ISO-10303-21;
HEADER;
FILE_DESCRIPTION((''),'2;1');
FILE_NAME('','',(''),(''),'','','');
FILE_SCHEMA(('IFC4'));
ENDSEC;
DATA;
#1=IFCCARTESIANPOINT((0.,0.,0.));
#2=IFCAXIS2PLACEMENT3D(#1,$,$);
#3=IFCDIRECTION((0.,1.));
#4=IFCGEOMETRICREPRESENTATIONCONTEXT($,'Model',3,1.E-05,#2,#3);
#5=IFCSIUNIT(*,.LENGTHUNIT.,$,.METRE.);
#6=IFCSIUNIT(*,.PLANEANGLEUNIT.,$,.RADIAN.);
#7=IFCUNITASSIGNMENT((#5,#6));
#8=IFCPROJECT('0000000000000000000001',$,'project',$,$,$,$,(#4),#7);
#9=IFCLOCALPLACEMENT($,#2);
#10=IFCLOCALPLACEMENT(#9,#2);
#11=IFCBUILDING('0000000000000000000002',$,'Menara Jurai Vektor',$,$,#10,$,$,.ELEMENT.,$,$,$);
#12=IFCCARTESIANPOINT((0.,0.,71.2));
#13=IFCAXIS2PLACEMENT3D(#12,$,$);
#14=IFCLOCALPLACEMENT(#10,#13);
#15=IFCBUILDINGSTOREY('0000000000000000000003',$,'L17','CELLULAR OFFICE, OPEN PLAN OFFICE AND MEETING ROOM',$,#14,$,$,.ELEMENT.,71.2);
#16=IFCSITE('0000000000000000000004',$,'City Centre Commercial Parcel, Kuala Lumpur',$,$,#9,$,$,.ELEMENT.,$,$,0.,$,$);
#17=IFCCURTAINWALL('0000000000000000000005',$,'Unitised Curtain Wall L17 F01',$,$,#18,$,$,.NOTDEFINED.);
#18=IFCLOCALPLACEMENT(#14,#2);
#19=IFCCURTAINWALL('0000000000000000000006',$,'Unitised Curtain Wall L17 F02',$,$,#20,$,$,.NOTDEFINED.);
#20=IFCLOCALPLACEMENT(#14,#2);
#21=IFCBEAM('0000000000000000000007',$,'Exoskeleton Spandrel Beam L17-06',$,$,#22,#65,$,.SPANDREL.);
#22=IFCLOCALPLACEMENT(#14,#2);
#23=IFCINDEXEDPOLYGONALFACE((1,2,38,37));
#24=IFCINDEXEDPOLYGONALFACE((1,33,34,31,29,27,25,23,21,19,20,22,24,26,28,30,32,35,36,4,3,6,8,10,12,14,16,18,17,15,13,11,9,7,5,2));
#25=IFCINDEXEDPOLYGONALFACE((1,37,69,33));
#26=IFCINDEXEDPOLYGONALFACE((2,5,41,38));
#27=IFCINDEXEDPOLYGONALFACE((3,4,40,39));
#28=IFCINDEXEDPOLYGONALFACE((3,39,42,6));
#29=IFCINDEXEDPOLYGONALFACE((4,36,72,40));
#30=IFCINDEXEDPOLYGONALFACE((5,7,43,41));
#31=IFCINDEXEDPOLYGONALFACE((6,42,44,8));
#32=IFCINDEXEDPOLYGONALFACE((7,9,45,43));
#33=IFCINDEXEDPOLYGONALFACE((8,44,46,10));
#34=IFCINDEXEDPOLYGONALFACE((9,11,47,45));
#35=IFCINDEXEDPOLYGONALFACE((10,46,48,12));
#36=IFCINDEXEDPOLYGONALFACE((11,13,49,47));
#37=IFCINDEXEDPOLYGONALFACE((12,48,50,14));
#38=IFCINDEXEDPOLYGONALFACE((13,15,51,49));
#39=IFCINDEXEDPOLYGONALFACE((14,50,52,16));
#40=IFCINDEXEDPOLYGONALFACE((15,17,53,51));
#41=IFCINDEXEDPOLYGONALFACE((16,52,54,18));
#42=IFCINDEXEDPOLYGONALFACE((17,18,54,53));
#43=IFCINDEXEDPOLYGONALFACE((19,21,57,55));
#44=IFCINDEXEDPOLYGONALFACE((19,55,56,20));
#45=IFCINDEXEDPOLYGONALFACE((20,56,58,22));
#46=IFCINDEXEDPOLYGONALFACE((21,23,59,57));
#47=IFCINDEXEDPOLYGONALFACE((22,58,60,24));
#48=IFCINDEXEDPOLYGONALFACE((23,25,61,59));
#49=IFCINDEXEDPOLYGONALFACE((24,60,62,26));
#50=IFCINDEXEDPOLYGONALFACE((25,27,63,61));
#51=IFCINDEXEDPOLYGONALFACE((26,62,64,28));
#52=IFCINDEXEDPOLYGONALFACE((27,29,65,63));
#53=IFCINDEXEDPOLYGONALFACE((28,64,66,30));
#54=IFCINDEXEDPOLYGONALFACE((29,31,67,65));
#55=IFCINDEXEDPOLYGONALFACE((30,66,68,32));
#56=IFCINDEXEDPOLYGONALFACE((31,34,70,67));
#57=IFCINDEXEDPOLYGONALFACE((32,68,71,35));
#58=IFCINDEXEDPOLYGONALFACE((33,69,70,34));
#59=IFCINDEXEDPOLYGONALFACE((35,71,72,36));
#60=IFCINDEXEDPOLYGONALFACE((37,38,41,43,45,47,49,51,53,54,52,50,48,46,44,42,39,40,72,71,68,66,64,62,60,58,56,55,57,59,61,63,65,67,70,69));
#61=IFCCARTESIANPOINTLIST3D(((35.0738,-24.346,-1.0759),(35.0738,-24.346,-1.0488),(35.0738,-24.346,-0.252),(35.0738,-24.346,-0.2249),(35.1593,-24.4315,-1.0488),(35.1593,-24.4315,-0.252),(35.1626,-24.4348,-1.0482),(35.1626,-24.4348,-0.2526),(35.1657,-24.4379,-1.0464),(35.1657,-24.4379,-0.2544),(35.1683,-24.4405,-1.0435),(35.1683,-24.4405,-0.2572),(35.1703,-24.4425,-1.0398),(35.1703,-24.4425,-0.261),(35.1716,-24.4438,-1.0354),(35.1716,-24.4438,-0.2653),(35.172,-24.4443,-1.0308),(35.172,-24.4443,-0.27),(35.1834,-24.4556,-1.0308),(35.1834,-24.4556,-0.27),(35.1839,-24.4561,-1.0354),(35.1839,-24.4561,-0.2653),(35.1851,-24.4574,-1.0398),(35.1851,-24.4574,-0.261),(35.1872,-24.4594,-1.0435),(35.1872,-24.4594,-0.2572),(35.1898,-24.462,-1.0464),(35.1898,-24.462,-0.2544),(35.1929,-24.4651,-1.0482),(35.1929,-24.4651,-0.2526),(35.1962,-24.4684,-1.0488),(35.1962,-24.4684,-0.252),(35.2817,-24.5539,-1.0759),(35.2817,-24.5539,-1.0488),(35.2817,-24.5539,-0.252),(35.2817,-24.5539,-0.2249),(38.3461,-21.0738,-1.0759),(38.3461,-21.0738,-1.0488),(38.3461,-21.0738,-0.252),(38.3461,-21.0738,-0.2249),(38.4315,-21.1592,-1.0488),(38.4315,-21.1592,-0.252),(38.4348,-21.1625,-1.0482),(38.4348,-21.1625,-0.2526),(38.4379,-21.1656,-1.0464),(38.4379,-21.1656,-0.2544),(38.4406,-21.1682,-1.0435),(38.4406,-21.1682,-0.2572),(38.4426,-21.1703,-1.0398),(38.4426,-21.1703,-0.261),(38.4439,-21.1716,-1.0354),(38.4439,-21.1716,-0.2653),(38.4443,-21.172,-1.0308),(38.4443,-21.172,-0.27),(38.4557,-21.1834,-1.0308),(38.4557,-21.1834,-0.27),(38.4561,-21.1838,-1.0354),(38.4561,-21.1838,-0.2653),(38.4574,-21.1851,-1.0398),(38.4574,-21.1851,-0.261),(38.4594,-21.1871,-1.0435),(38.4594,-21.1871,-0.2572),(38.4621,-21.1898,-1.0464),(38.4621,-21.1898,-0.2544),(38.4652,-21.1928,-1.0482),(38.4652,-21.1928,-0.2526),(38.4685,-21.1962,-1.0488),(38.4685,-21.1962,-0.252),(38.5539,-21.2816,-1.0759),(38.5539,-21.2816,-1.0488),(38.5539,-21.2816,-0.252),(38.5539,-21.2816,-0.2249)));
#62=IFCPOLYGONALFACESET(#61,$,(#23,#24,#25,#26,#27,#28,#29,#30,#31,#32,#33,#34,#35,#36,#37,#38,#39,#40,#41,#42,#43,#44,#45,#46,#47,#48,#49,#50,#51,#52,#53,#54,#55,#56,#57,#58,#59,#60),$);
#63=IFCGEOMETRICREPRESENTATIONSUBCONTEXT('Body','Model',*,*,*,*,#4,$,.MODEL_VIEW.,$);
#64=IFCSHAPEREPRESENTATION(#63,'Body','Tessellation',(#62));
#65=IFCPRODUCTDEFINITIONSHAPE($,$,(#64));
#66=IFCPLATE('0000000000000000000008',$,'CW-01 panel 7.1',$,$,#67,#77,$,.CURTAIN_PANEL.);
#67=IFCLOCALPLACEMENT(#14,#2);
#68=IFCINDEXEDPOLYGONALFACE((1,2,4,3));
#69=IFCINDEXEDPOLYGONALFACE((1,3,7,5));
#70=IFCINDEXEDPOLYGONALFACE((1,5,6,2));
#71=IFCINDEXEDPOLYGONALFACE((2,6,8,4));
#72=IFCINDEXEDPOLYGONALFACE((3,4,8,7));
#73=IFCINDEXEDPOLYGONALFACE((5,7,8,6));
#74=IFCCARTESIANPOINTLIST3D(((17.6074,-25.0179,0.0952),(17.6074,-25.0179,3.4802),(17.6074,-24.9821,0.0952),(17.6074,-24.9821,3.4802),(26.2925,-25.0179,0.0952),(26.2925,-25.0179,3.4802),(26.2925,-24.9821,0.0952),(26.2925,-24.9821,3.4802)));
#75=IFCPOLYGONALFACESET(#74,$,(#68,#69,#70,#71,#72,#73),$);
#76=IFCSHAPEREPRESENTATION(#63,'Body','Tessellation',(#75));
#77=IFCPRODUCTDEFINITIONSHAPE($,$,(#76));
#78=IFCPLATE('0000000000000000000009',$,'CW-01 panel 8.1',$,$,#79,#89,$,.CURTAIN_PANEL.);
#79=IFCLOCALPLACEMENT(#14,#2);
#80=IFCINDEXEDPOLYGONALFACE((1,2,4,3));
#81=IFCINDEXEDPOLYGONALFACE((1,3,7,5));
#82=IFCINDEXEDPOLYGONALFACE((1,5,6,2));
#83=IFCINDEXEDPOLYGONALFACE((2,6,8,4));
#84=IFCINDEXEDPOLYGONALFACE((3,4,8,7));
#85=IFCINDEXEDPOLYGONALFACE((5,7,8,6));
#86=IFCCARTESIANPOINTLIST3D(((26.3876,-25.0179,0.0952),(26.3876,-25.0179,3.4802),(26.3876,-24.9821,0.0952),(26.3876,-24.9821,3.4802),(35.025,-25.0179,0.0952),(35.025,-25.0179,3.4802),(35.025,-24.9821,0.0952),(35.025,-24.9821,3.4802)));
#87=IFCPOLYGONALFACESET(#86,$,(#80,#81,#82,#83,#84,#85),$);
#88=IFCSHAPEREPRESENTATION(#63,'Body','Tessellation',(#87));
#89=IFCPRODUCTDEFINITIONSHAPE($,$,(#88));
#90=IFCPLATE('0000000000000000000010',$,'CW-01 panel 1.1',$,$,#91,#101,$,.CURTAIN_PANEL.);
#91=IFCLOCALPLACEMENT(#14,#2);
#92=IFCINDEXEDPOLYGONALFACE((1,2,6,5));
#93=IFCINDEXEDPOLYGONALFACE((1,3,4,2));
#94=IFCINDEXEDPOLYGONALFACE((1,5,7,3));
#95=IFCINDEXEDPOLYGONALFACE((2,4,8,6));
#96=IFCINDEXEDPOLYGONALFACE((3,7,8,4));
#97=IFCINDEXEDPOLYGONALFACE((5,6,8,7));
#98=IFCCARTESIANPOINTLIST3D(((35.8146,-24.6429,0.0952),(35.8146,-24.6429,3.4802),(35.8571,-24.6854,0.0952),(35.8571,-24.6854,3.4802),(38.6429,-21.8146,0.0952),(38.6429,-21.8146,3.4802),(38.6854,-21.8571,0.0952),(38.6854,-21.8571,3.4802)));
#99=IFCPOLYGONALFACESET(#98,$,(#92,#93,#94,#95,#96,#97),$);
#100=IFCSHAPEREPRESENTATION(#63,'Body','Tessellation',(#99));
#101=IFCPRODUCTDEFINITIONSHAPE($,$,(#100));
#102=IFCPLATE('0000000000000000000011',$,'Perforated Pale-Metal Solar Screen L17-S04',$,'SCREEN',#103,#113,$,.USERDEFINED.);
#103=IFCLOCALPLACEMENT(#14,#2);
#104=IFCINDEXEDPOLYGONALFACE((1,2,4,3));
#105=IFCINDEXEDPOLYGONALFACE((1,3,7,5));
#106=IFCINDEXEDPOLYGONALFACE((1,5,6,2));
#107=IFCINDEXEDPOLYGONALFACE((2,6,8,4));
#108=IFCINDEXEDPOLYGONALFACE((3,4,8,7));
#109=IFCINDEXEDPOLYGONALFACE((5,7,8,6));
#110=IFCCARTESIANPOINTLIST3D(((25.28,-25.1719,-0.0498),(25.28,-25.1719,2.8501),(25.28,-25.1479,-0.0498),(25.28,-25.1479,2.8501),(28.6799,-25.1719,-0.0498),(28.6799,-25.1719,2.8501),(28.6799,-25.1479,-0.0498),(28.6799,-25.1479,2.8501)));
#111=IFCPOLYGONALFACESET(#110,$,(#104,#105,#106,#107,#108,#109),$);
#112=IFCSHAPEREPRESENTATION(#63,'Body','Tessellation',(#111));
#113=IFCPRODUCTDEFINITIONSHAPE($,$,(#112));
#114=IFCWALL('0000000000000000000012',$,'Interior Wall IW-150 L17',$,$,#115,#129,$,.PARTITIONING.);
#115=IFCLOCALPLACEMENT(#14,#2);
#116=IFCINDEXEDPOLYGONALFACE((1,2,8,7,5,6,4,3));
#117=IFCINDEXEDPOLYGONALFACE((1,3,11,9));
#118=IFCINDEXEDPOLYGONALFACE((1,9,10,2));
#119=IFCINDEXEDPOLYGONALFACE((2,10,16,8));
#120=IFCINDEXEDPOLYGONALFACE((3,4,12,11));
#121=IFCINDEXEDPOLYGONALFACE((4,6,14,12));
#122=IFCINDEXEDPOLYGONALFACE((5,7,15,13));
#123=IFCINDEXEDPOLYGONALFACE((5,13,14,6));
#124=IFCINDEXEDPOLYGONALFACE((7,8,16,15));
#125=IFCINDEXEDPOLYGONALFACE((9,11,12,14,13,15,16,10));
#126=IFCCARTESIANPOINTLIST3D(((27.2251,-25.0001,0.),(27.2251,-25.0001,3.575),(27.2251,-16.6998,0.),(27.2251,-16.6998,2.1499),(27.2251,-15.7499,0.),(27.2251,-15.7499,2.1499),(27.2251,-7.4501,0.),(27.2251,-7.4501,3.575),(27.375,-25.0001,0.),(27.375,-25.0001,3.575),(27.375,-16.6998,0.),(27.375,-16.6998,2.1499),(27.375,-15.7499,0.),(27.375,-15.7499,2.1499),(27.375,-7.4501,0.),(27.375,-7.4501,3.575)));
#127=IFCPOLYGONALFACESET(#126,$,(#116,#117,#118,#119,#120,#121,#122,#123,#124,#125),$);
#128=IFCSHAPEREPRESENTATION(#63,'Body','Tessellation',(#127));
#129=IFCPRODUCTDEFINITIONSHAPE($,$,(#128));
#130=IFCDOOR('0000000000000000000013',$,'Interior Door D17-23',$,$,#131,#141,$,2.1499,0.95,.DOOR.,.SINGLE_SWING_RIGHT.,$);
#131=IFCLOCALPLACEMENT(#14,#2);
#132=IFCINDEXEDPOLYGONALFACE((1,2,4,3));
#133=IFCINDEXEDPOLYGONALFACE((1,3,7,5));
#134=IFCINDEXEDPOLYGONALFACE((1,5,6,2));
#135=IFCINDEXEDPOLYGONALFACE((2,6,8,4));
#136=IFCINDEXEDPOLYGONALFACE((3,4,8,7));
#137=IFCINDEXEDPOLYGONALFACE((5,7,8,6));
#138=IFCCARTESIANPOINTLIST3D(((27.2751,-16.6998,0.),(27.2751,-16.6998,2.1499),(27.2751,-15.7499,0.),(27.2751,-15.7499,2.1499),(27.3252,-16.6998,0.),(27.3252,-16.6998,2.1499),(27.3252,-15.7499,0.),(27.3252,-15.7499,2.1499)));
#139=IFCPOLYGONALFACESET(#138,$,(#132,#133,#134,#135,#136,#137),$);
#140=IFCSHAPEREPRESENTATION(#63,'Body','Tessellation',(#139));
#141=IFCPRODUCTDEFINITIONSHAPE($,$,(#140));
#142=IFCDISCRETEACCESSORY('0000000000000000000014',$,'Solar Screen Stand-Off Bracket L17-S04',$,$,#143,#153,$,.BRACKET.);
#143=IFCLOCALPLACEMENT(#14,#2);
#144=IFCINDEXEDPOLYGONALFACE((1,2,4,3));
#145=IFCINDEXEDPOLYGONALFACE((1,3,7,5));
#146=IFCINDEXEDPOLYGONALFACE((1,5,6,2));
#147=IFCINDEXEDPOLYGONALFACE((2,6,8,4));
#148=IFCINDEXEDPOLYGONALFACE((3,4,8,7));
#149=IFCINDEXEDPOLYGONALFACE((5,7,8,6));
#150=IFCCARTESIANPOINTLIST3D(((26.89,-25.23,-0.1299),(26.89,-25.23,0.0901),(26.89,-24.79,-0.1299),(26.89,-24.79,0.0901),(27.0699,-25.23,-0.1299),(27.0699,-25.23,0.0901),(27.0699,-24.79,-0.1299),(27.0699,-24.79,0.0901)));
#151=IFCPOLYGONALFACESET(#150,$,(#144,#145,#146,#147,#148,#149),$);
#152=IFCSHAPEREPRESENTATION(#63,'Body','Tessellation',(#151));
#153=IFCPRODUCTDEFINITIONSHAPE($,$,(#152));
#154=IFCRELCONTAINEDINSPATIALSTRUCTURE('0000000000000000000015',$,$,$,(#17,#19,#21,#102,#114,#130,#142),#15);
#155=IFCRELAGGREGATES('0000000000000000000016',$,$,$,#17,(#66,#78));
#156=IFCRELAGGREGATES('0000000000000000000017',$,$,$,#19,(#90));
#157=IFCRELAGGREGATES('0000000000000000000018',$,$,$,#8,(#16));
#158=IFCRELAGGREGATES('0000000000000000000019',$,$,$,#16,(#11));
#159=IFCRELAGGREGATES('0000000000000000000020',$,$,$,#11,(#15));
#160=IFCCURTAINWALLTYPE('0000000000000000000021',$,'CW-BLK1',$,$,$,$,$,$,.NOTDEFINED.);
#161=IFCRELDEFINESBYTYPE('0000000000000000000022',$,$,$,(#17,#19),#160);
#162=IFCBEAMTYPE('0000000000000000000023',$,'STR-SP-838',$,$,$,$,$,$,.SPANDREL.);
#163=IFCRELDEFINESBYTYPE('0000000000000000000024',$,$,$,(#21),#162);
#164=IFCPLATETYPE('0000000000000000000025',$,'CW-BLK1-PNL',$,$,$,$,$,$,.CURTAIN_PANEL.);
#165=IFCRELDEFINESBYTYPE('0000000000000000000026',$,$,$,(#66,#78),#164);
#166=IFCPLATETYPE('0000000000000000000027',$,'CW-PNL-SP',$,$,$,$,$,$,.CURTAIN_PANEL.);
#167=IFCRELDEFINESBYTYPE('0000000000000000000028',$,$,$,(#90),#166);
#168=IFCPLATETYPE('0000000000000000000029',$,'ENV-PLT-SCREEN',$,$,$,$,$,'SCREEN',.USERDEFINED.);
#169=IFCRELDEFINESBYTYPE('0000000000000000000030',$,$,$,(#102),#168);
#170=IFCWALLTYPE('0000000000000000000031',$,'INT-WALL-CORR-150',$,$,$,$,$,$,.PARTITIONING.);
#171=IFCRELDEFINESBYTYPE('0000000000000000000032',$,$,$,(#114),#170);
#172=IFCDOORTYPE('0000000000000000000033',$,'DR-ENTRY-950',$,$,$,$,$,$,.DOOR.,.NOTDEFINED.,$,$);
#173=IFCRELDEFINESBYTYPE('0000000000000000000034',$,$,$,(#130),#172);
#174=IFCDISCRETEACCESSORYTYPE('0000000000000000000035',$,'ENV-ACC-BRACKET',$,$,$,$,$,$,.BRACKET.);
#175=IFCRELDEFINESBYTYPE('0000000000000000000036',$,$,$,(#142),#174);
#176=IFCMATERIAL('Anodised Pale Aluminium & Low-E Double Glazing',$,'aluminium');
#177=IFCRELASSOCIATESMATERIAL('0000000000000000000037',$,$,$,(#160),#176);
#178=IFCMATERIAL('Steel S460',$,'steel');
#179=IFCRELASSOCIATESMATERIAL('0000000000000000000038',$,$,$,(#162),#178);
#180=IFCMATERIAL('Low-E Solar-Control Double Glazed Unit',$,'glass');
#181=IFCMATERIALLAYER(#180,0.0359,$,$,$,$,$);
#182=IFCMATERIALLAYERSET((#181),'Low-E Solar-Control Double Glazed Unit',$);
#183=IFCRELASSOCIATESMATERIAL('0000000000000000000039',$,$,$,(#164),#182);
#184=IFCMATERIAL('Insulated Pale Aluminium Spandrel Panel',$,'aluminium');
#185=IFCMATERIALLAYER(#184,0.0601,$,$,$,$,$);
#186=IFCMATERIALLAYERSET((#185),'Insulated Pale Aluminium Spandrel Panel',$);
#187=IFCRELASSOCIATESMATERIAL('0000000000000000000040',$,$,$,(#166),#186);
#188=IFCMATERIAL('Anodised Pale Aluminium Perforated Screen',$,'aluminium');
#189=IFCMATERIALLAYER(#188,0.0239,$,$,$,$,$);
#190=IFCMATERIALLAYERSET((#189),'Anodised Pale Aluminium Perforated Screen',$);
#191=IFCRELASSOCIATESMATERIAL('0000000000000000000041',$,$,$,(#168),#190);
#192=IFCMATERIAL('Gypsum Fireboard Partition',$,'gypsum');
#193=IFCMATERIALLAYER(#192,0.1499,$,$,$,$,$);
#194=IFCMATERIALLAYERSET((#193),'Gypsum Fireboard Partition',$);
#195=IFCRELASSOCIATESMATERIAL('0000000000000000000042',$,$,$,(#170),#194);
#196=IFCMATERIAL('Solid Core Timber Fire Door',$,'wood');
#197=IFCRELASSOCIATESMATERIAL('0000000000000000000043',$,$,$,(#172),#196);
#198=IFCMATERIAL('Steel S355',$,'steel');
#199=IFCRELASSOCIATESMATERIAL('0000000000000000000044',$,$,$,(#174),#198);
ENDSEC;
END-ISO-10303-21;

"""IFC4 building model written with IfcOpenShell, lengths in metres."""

from ifc_helpers import new_model, si_unit, direction, frame, frame_2d, origin, origin_2d, place, context, subcontext, project, spatial, rectangle, i_section, extrude, material, layer, layer_set, material_profile, profile_set, type_object, element, fill, aggregate, save


model = new_model("IFC4")

# Units and contexts
model_context = context("Model", 3, precision=1e-05, world=origin(), true_north=direction((0.0, 1.0)))
body_context = subcontext(model_context, "Body", "Model", "MODEL_VIEW")
ifc_project = project(units=[si_unit("LENGTHUNIT", "METRE"), si_unit("PLANEANGLEUNIT", "RADIAN")], contexts=[model_context])

# Site, building, storey
site_placement = place(None, origin())
site = spatial("IfcSite", under=ifc_project, at=site_placement, Name="City Centre Commercial Parcel, Kuala Lumpur", CompositionType="ELEMENT", RefElevation=0.0)
building_placement = place(site_placement, origin())
building = spatial("IfcBuilding", under=site, at=building_placement, Name="Menara Jurai Vektor", CompositionType="ELEMENT")
storey_placement = place(building_placement, frame((0.0, 0.0, 71.2)))
storey = spatial("IfcBuildingStorey", under=building, at=storey_placement, Name="L17", Description="CELLULAR OFFICE, OPEN PLAN OFFICE AND MEETING ROOM", CompositionType="ELEMENT", Elevation=71.2)

# Shared definitions
ifc_material_1 = material(Name="Steel S460", Category="steel")

# Curtain walls
ifc_material_2 = material(Name="Anodised Pale Aluminium & Low-E Double Glazing", Category="aluminium")
curtain_wall_type = type_object("IfcCurtainWallType", Name="CW-BLK1", PredefinedType="NOTDEFINED", material=ifc_material_2)
curtain_wall_1_placement = place(storey_placement, origin())
curtain_wall_1 = element("IfcCurtainWall", 1, at=curtain_wall_1_placement, inside=storey, type_object=curtain_wall_type, Name="Unitised Curtain Wall L17 F01", PredefinedType="NOTDEFINED")
curtain_wall_2_placement = place(storey_placement, origin())
curtain_wall_2 = element("IfcCurtainWall", 2, at=curtain_wall_2_placement, inside=storey, type_object=curtain_wall_type, Name="Unitised Curtain Wall L17 F02", PredefinedType="NOTDEFINED")

# Shared definitions
ifc_material_3 = material(Name="Steel S355", Category="steel")

# Beam
ifc_material_profile_1 = material_profile(ifc_material_1, i_section(OverallWidth=0.2939, OverallDepth=0.8511, WebThickness=0.0161, FlangeThickness=0.0271, FilletRadius=0.0181, at=origin_2d()), Name="UKB 838x292x226")
ifc_profile_set_1 = profile_set([ifc_material_profile_1], Name="Steel S460")
beam_type_1 = type_object("IfcBeamType", Name="STR-SP-838", PredefinedType="SPANDREL", material=ifc_profile_set_1)
beam_1_placement = place(storey_placement, frame((35.1777, -24.45, -0.6504), z_axis=(0.707107, 0.707107, 0.0), x_axis=(-0.707107, 0.707107, 0.0)))
element("IfcBeam", 3, at=beam_1_placement, inside=storey, type_object=beam_type_1, Name="Exoskeleton Spandrel Beam L17-06", PredefinedType="SPANDREL", context=body_context, shape_type="SweptSolid", body=[
    extrude(i_section(OverallWidth=0.2939, OverallDepth=0.8511, WebThickness=0.0161, FlangeThickness=0.0271, FilletRadius=0.0181, at=origin_2d()), origin(), (0.0, 0.0, 1.0), 4.6277),
])

# Plates
ifc_material_4 = material(Name="Low-E Solar-Control Double Glazed Unit", Category="glass")
ifc_layer_1 = layer(ifc_material_4, 0.0359)
ifc_layer_set_1 = layer_set([ifc_layer_1], Name="Low-E Solar-Control Double Glazed Unit")
plate_type_1 = type_object("IfcPlateType", Name="CW-BLK1-PNL", PredefinedType="CURTAIN_PANEL", material=ifc_layer_set_1)
plate_1_placement = place(storey_placement, frame((21.95, -25.0, 0.0952), z_axis=(0.0, 0.0, 1.0), x_axis=(1.0, 0.0, 0.0)))
plate_1 = element("IfcPlate", 4, at=plate_1_placement, type_object=plate_type_1, Name="CW-01 panel 7.1", PredefinedType="CURTAIN_PANEL", context=body_context, shape_type="SweptSolid", body=[
    extrude(rectangle(XDim=8.6851, YDim=0.0359, at=origin_2d()), origin(), (0.0, 0.0, 1.0), 3.385),
])
plate_2_placement = place(storey_placement, frame((30.7063, -25.0, 0.0952), z_axis=(0.0, 0.0, 1.0), x_axis=(1.0, 0.0, 0.0)))
plate_2 = element("IfcPlate", 5, at=plate_2_placement, type_object=plate_type_1, Name="CW-01 panel 8.1", PredefinedType="CURTAIN_PANEL", context=body_context, shape_type="SweptSolid", body=[
    extrude(rectangle(XDim=8.6375, YDim=0.0359, at=origin_2d()), origin(), (0.0, 0.0, 1.0), 3.385),
])
aggregate(curtain_wall_1, [plate_1, plate_2])
ifc_material_5 = material(Name="Insulated Pale Aluminium Spandrel Panel", Category="aluminium")
ifc_layer_2 = layer(ifc_material_5, 0.0601)
ifc_layer_set_2 = layer_set([ifc_layer_2], Name="Insulated Pale Aluminium Spandrel Panel")
plate_type_2 = type_object("IfcPlateType", Name="CW-PNL-SP", PredefinedType="CURTAIN_PANEL", material=ifc_layer_set_2)
plate_3_placement = place(storey_placement, frame((37.25, -23.25, 0.0952), z_axis=(0.0, 0.0, 1.0), x_axis=(0.707107, 0.707107, 0.0)))
plate_3 = element("IfcPlate", 6, at=plate_3_placement, type_object=plate_type_2, Name="CW-01 panel 1.1", PredefinedType="CURTAIN_PANEL", context=body_context, shape_type="SweptSolid", body=[
    extrude(rectangle(XDim=3.9998, YDim=0.0601, at=origin_2d()), origin(), (0.0, 0.0, 1.0), 3.385),
])
aggregate(curtain_wall_2, [plate_3])
ifc_material_6 = material(Name="Anodised Pale Aluminium Perforated Screen", Category="aluminium")
ifc_layer_3 = layer(ifc_material_6, 0.0239)
ifc_layer_set_3 = layer_set([ifc_layer_3], Name="Anodised Pale Aluminium Perforated Screen")
plate_type_3 = type_object("IfcPlateType", Name="ENV-PLT-SCREEN", ElementType="SCREEN", PredefinedType="USERDEFINED", material=ifc_layer_set_3)
plate_4_placement = place(storey_placement, frame((26.98, -25.1599, -0.0498), z_axis=(0.0, 0.0, 1.0), x_axis=(1.0, 0.0, 0.0)))
element("IfcPlate", 7, at=plate_4_placement, inside=storey, type_object=plate_type_3, Name="Perforated Pale-Metal Solar Screen L17-S04", ObjectType="SCREEN", PredefinedType="USERDEFINED", context=body_context, shape_type="SweptSolid", body=[
    extrude(rectangle(XDim=3.3999, YDim=0.0239, at=origin_2d()), origin(), (0.0, 0.0, 1.0), 2.8999),
])

# Wall, opening, door
ifc_material_7 = material(Name="Gypsum Fireboard Partition", Category="gypsum")
ifc_layer_4 = layer(ifc_material_7, 0.1499)
ifc_layer_set_4 = layer_set([ifc_layer_4], Name="Gypsum Fireboard Partition")
wall_type = type_object("IfcWallType", Name="INT-WALL-CORR-150", PredefinedType="PARTITIONING", material=ifc_layer_set_4)
wall_placement = place(storey_placement, frame((27.3, -25.0, 0.0), z_axis=(0.0, 0.0, 1.0), x_axis=(0.0, 1.0, 0.0)))
wall = element("IfcWall", 8, at=wall_placement, inside=storey, type_object=wall_type, Name="Interior Wall IW-150 L17", PredefinedType="PARTITIONING", context=body_context, shape_type="SweptSolid", body=[
    extrude(rectangle(XDim=17.55, YDim=0.1499, at=frame_2d((8.7749, 0.0))), origin(), (0.0, 0.0, 1.0), 3.575),
])
opening_placement = place(wall_placement, frame((8.3, 0.0, 0.0)))
opening = element("IfcOpeningElement", 9, at=opening_placement, cuts=wall, PredefinedType="OPENING", context=body_context, shape_type="SweptSolid", body=[
    extrude(rectangle(XDim=0.95, YDim=2.1499, at=frame_2d((0.4751, 1.075))), frame((0.0, 0.085, 0.0), z_axis=(0.0, -1.0, 0.0), x_axis=(1.0, 0.0, 0.0)), (0.0, 0.0, 1.0), 0.1699),
])
ifc_material_8 = material(Name="Solid Core Timber Fire Door", Category="wood")
door_type = type_object("IfcDoorType", Name="DR-ENTRY-950", OperationType="NOTDEFINED", PredefinedType="DOOR", material=ifc_material_8)
door_placement = place(opening_placement, origin())
door = element("IfcDoor", 10, at=door_placement, inside=storey, type_object=door_type, Name="Interior Door D17-23", OperationType="SINGLE_SWING_RIGHT", OverallHeight=2.1499, OverallWidth=0.95, PredefinedType="DOOR", context=body_context, shape_type="SweptSolid", body=[
    extrude(rectangle(XDim=0.95, YDim=2.1499, at=frame_2d((0.4751, 1.075))), frame((0.0, 0.0249, 0.0), z_axis=(0.0, -1.0, 0.0), x_axis=(1.0, 0.0, 0.0)), (0.0, 0.0, 1.0), 0.05),
])
fill(opening, door)

# Discrete accessory
discrete_accessory_type = type_object("IfcDiscreteAccessoryType", Name="ENV-ACC-BRACKET", PredefinedType="BRACKET", material=ifc_material_3)
discrete_accessory_placement = place(storey_placement, frame((26.98, -25.01, -0.1299), z_axis=(0.0, 0.0, 1.0), x_axis=(1.0, 0.0, 0.0)))
element("IfcDiscreteAccessory", 11, at=discrete_accessory_placement, inside=storey, type_object=discrete_accessory_type, Name="Solar Screen Stand-Off Bracket L17-S04", PredefinedType="BRACKET", context=body_context, shape_type="SweptSolid", body=[
    extrude(rectangle(XDim=0.1799, YDim=0.4399, at=origin_2d()), origin(), (0.0, 0.0, 1.0), 0.22),
])

save(model, "model.ifc")
